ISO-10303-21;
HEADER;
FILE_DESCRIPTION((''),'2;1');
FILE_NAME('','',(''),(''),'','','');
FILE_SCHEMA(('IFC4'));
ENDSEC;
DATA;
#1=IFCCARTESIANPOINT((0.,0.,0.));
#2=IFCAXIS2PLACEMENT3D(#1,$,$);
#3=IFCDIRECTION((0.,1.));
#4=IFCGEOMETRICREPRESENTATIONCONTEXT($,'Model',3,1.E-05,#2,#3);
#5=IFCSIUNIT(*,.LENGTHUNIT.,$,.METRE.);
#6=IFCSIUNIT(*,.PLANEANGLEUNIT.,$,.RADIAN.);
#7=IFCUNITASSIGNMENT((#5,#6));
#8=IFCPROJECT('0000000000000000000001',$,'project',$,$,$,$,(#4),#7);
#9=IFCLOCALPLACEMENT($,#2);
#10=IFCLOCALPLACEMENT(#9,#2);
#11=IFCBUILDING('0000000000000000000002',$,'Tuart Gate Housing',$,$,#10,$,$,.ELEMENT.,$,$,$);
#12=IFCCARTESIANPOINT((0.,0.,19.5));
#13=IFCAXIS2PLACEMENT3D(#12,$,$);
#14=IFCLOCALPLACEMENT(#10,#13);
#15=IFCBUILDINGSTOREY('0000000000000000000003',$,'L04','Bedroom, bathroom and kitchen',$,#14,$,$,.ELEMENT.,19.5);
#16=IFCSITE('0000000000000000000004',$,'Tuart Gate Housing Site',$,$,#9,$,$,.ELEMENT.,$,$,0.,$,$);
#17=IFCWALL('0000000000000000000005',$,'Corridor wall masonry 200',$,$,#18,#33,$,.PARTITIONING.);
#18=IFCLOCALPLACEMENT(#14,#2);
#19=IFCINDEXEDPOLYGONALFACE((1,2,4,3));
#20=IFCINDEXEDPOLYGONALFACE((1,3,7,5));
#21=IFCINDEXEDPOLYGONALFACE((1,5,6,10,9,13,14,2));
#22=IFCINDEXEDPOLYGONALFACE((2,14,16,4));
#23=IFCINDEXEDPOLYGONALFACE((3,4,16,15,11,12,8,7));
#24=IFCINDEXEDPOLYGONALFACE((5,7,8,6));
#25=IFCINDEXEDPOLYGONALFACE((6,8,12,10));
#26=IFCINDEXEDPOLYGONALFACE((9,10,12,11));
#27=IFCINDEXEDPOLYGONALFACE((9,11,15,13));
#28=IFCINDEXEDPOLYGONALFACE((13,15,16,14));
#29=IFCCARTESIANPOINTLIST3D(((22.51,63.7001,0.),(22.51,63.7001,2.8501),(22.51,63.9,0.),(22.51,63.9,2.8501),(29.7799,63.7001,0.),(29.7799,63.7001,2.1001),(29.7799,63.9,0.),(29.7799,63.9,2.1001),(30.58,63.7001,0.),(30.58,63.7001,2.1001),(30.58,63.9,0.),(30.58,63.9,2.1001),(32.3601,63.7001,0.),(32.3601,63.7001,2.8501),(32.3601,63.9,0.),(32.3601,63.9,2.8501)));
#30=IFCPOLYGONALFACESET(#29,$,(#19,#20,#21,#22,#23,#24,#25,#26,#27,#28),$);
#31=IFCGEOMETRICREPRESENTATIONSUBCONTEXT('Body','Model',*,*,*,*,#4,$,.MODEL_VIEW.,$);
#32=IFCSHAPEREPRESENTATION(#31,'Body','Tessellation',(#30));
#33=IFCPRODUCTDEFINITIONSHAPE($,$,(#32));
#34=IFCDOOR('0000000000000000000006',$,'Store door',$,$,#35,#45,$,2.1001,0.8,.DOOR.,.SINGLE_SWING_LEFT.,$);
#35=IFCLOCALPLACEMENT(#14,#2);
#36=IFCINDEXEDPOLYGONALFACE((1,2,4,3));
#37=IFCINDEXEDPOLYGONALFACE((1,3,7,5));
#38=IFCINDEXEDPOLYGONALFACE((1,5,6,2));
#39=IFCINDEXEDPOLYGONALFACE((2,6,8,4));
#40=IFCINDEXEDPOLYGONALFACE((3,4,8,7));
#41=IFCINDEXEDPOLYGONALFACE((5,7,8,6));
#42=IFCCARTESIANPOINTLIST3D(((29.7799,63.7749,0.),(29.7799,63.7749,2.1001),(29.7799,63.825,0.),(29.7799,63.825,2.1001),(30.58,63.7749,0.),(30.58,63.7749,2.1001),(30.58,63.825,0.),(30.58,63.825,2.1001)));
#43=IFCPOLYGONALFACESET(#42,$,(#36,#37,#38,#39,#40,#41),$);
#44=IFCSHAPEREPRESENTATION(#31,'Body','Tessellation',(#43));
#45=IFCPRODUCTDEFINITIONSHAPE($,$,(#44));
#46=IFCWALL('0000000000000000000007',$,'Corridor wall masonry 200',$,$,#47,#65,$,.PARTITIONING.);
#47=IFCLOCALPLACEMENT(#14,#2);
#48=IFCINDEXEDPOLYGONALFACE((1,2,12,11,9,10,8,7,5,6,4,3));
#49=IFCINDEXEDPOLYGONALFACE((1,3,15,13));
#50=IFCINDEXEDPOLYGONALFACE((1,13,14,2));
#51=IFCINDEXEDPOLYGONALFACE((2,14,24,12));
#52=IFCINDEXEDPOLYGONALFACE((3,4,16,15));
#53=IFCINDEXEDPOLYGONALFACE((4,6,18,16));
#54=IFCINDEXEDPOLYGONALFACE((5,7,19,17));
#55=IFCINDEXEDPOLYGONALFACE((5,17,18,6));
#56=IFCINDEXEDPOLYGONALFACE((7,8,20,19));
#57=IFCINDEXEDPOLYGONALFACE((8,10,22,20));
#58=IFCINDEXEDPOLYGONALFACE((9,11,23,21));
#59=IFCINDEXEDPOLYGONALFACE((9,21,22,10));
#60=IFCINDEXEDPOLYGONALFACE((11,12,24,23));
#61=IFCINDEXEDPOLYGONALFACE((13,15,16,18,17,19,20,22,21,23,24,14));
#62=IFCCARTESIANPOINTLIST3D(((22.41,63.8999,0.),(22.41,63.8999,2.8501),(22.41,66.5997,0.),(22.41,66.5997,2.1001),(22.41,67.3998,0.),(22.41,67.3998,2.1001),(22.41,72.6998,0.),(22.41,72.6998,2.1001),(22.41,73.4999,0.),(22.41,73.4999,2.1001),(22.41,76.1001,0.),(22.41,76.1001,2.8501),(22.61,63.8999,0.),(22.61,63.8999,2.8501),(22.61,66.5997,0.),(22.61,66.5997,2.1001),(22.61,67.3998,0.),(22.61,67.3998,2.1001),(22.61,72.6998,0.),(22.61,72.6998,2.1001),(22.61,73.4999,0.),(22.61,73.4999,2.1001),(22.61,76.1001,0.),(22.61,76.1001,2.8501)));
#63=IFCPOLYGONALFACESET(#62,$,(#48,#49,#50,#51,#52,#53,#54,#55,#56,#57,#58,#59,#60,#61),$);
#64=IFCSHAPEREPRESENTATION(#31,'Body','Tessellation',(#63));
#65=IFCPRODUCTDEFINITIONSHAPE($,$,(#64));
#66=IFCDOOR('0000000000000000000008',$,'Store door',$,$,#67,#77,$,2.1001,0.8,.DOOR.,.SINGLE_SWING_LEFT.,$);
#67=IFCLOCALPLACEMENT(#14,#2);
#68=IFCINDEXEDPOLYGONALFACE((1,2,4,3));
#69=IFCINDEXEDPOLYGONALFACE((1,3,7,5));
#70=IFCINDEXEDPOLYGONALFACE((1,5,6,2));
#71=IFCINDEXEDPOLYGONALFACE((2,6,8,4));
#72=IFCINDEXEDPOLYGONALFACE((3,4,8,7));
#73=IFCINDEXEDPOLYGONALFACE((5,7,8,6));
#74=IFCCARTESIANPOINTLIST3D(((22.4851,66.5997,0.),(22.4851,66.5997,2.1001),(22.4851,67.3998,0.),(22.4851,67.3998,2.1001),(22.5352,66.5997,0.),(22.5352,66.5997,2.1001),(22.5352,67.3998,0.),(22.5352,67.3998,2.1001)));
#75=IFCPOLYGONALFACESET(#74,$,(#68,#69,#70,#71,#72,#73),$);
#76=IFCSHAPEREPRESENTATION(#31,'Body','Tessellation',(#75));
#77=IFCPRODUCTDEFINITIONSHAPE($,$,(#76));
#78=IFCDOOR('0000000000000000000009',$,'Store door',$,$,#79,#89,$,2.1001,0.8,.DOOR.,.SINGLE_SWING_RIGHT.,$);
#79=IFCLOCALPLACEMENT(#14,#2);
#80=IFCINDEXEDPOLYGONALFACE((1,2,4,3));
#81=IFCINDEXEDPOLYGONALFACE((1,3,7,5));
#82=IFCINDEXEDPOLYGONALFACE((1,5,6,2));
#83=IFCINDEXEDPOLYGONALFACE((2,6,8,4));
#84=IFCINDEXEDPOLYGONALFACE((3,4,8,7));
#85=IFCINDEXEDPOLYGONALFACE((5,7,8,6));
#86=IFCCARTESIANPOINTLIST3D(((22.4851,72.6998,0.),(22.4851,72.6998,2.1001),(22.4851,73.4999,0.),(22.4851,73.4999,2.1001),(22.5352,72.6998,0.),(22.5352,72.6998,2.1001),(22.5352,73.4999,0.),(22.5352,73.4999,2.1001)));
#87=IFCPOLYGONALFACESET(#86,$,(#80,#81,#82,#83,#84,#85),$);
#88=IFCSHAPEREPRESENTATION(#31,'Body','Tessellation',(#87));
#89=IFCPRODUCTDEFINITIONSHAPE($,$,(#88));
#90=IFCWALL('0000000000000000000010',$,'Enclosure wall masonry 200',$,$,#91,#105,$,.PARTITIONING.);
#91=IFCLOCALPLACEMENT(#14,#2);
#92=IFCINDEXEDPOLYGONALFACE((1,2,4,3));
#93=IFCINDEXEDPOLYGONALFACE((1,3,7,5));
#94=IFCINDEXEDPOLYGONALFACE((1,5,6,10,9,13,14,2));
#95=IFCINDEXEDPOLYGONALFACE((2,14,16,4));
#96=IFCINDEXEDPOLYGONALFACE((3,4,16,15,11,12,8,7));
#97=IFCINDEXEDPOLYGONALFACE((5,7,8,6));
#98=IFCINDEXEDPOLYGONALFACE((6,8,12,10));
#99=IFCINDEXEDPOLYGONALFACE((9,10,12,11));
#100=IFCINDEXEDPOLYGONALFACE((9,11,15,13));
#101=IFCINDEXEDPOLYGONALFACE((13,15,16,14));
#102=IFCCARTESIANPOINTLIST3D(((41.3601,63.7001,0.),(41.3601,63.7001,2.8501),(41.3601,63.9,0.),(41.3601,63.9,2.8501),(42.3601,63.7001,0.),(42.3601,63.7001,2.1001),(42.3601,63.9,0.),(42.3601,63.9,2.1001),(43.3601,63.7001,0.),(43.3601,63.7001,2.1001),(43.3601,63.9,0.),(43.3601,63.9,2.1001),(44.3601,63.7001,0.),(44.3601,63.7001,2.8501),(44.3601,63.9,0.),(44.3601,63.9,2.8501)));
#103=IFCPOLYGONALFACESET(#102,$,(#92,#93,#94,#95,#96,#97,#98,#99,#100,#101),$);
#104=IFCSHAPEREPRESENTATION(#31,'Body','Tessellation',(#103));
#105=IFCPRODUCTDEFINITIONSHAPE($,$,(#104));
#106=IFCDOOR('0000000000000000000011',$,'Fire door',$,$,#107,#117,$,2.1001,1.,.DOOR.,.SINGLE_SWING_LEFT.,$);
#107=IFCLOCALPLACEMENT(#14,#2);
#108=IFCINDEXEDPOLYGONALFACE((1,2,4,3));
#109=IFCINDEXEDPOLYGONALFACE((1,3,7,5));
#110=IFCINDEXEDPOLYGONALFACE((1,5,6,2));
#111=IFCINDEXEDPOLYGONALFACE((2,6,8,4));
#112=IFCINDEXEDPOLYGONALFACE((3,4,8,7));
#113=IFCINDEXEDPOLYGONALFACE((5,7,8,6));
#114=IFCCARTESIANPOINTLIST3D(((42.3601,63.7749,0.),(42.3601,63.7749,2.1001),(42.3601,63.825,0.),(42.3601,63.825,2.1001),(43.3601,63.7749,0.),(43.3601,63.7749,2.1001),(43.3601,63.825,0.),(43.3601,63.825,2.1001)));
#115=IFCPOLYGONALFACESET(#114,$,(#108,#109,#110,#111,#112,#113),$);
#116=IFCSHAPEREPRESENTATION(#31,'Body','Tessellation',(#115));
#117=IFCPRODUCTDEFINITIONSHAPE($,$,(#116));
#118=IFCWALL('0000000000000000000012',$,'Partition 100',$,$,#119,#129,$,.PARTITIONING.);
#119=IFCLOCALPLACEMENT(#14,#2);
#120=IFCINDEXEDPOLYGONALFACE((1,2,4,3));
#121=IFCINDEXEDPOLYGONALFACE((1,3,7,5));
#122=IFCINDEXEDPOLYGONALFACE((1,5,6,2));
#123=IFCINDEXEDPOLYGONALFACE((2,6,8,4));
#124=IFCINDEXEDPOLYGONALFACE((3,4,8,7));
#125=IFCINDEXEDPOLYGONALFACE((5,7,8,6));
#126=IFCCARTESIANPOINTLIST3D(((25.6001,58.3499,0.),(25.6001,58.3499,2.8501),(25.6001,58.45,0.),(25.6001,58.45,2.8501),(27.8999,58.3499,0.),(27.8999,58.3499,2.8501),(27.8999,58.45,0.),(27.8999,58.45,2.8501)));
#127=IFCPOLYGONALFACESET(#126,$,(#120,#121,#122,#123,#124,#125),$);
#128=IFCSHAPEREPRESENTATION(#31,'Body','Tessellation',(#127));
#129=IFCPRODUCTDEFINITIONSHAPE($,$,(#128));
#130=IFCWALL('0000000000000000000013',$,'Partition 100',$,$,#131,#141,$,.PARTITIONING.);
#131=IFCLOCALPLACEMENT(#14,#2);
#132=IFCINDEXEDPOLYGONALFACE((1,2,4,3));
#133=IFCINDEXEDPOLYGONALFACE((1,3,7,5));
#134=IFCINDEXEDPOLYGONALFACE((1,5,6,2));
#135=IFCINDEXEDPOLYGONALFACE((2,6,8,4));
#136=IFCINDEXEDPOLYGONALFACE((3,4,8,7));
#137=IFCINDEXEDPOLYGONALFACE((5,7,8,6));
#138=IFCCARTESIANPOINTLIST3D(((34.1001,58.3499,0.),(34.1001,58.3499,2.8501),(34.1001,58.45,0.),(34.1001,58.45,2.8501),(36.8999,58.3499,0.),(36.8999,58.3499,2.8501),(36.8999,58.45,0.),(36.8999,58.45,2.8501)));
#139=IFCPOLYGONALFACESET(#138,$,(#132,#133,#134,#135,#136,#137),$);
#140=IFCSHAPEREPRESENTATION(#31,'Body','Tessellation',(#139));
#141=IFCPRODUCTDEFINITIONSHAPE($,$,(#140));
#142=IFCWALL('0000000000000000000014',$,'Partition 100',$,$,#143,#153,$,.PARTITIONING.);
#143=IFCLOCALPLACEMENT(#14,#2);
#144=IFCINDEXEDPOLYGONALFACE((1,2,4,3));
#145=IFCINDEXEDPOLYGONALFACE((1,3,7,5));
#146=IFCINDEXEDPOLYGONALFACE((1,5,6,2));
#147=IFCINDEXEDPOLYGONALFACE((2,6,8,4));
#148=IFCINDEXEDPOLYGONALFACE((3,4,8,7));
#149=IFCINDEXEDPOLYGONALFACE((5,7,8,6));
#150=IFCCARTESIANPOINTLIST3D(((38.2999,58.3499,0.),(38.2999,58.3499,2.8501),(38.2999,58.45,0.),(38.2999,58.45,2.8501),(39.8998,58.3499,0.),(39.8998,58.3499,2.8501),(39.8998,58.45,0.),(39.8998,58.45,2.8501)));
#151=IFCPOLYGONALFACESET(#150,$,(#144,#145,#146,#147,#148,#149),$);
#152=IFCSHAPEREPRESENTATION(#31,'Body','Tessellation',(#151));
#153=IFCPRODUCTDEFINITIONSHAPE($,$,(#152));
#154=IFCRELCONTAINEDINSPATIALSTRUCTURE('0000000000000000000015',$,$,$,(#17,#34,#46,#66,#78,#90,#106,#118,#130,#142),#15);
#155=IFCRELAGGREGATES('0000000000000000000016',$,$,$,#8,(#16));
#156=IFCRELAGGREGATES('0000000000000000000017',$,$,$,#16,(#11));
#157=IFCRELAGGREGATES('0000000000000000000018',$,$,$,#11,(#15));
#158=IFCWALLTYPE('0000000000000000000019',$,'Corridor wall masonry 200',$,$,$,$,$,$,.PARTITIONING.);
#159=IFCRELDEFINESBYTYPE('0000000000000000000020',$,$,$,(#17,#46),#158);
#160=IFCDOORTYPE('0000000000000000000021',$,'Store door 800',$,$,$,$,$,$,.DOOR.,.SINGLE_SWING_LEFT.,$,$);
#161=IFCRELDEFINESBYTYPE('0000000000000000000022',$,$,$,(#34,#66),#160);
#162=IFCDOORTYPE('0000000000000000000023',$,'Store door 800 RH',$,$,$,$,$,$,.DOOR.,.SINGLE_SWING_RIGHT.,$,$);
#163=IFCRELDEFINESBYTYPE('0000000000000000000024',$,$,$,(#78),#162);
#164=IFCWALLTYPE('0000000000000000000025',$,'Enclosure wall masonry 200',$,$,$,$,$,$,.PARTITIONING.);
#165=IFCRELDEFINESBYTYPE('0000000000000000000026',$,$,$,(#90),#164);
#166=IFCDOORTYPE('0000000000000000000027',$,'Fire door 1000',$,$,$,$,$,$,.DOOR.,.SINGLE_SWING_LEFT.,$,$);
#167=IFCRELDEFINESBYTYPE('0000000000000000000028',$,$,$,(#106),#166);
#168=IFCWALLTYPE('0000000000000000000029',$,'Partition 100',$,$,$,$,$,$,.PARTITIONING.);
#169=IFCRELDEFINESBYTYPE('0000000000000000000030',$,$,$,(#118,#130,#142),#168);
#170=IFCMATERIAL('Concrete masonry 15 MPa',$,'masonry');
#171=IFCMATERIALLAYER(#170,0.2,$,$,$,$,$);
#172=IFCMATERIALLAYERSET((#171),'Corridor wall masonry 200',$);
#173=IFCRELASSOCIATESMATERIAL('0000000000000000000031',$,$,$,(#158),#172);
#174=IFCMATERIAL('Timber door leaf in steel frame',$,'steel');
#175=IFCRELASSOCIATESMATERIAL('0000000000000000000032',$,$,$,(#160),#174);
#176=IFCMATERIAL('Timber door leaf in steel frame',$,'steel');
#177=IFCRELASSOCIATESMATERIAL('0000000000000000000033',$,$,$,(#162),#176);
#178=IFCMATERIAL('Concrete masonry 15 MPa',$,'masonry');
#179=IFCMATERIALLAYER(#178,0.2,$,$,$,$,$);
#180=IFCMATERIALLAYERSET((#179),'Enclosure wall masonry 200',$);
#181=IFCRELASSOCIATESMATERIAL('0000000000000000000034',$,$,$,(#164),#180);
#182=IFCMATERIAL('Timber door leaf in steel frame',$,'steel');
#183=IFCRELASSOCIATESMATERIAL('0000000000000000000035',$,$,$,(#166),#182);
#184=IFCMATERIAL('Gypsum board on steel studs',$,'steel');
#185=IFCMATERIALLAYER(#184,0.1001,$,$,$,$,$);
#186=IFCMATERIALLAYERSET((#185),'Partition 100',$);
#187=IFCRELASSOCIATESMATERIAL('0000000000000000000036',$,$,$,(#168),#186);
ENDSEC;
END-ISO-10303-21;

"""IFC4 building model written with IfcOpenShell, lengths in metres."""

from ifc_helpers import new_model, si_unit, direction, frame, frame_2d, origin, place, context, subcontext, project, spatial, rectangle, extrude, material, layer, layer_set, type_object, element, fill, save


model = new_model("IFC4")

# Units and contexts
model_context = context("Model", 3, precision=1e-05, world=origin(), true_north=direction((0.0, 1.0)))
body_context = subcontext(model_context, "Body", "Model", "MODEL_VIEW")
ifc_project = project(units=[si_unit("LENGTHUNIT", "METRE"), si_unit("PLANEANGLEUNIT", "RADIAN")], contexts=[model_context])

# Site, building, storey
site_placement = place(None, origin())
site = spatial("IfcSite", under=ifc_project, at=site_placement, Name="Tuart Gate Housing Site", CompositionType="ELEMENT", RefElevation=0.0)
building_placement = place(site_placement, origin())
building = spatial("IfcBuilding", under=site, at=building_placement, Name="Tuart Gate Housing", CompositionType="ELEMENT")
storey_placement = place(building_placement, frame((0.0, 0.0, 19.5)))
storey = spatial("IfcBuildingStorey", under=building, at=storey_placement, Name="L04", Description="Bedroom, bathroom and kitchen", CompositionType="ELEMENT", Elevation=19.5)

# Shared definitions
ifc_material_1 = material(Name="Concrete masonry 15 MPa", Category="masonry")
ifc_layer_1 = layer(ifc_material_1, 0.2)
ifc_layer_set_1 = layer_set([ifc_layer_1], Name="Corridor wall masonry 200")
wall_type_1 = type_object("IfcWallType", Name="Corridor wall masonry 200", PredefinedType="PARTITIONING", material=ifc_layer_set_1)

# Wall, opening, door
wall_1_placement = place(storey_placement, frame((22.51, 63.8, 0.0), z_axis=(0.0, 0.0, 1.0), x_axis=(1.0, 0.0, 0.0)))
wall_1 = element("IfcWall", 1, at=wall_1_placement, inside=storey, type_object=wall_type_1, Name="Corridor wall masonry 200", PredefinedType="PARTITIONING", context=body_context, shape_type="SweptSolid", body=[
    extrude(rectangle(XDim=9.8501, YDim=0.2, at=frame_2d((4.925, 0.0))), origin(), (0.0, 0.0, 1.0), 2.8501),
])
opening_1_placement = place(wall_1_placement, frame((7.27, 0.0, 0.0)))
opening_1 = element("IfcOpeningElement", 2, at=opening_1_placement, cuts=wall_1, PredefinedType="OPENING", context=body_context, shape_type="SweptSolid", body=[
    extrude(rectangle(XDim=0.8, YDim=2.1001, at=frame_2d((0.3999, 1.05))), frame((0.0, 0.1099, 0.0), z_axis=(0.0, -1.0, 0.0), x_axis=(1.0, 0.0, 0.0)), (0.0, 0.0, 1.0), 0.22),
])
ifc_material_2 = material(Name="Timber door leaf in steel frame", Category="steel")
door_type_1 = type_object("IfcDoorType", Name="Store door 800", OperationType="SINGLE_SWING_LEFT", PredefinedType="DOOR", material=ifc_material_2)
door_1_placement = place(opening_1_placement, origin())
door_1 = element("IfcDoor", 3, at=door_1_placement, inside=storey, type_object=door_type_1, Name="Store door", OperationType="SINGLE_SWING_LEFT", OverallHeight=2.1001, OverallWidth=0.8, PredefinedType="DOOR", context=body_context, shape_type="SweptSolid", body=[
    extrude(rectangle(XDim=0.8, YDim=2.1001, at=frame_2d((0.3999, 1.05))), frame((0.0, 0.0249, 0.0), z_axis=(0.0, -1.0, 0.0), x_axis=(1.0, 0.0, 0.0)), (0.0, 0.0, 1.0), 0.05),
])
fill(opening_1, door_1)

# Wall, openings, doors
wall_2_placement = place(storey_placement, frame((22.51, 63.8999, 0.0), z_axis=(0.0, 0.0, 1.0), x_axis=(0.0, 1.0, 0.0)))
wall_2 = element("IfcWall", 4, at=wall_2_placement, inside=storey, type_object=wall_type_1, Name="Corridor wall masonry 200", PredefinedType="PARTITIONING", context=body_context, shape_type="SweptSolid", body=[
    extrude(rectangle(XDim=12.2002, YDim=0.2, at=frame_2d((6.1001, 0.0))), origin(), (0.0, 0.0, 1.0), 2.8501),
])
opening_2_placement = place(wall_2_placement, frame((2.7, 0.0, 0.0)))
opening_2 = element("IfcOpeningElement", 5, at=opening_2_placement, cuts=wall_2, PredefinedType="OPENING", context=body_context, shape_type="SweptSolid", body=[
    extrude(rectangle(XDim=0.8, YDim=2.1001, at=frame_2d((0.3999, 1.05))), frame((0.0, 0.1099, 0.0), z_axis=(0.0, -1.0, 0.0), x_axis=(1.0, 0.0, 0.0)), (0.0, 0.0, 1.0), 0.22),
])
opening_3_placement = place(wall_2_placement, frame((8.8, 0.0, 0.0)))
opening_3 = element("IfcOpeningElement", 6, at=opening_3_placement, cuts=wall_2, PredefinedType="OPENING", context=body_context, shape_type="SweptSolid", body=[
    extrude(rectangle(XDim=0.8, YDim=2.1001, at=frame_2d((0.3999, 1.05))), frame((0.0, 0.1099, 0.0), z_axis=(0.0, -1.0, 0.0), x_axis=(1.0, 0.0, 0.0)), (0.0, 0.0, 1.0), 0.22),
])
door_2_placement = place(opening_2_placement, frame((0.8, 0.0, 0.0), z_axis=(0.0, 0.0, 1.0), x_axis=(-1.0, 0.0, 0.0)))
door_2 = element("IfcDoor", 7, at=door_2_placement, inside=storey, type_object=door_type_1, Name="Store door", OperationType="SINGLE_SWING_LEFT", OverallHeight=2.1001, OverallWidth=0.8, PredefinedType="DOOR", context=body_context, shape_type="SweptSolid", body=[
    extrude(rectangle(XDim=0.8, YDim=2.1001, at=frame_2d((0.4001, 1.05))), frame((0.0, 0.0251, 0.0), z_axis=(0.0, -1.0, 0.0), x_axis=(1.0, 0.0, 0.0)), (0.0, 0.0, 1.0), 0.05),
])
fill(opening_2, door_2)
ifc_material_3 = material(Name="Timber door leaf in steel frame", Category="steel")
door_type_2 = type_object("IfcDoorType", Name="Store door 800 RH", OperationType="SINGLE_SWING_RIGHT", PredefinedType="DOOR", material=ifc_material_3)
door_3_placement = place(opening_3_placement, frame((0.8, 0.0, 0.0), z_axis=(0.0, 0.0, 1.0), x_axis=(-1.0, 0.0, 0.0)))
door_3 = element("IfcDoor", 8, at=door_3_placement, inside=storey, type_object=door_type_2, Name="Store door", OperationType="SINGLE_SWING_RIGHT", OverallHeight=2.1001, OverallWidth=0.8, PredefinedType="DOOR", context=body_context, shape_type="SweptSolid", body=[
    extrude(rectangle(XDim=0.8, YDim=2.1001, at=frame_2d((0.4001, 1.05))), frame((0.0, 0.0251, 0.0), z_axis=(0.0, -1.0, 0.0), x_axis=(1.0, 0.0, 0.0)), (0.0, 0.0, 1.0), 0.05),
])
fill(opening_3, door_3)

# Wall, opening, door
ifc_material_4 = material(Name="Concrete masonry 15 MPa", Category="masonry")
ifc_layer_2 = layer(ifc_material_4, 0.2)
ifc_layer_set_2 = layer_set([ifc_layer_2], Name="Enclosure wall masonry 200")
wall_type_2 = type_object("IfcWallType", Name="Enclosure wall masonry 200", PredefinedType="PARTITIONING", material=ifc_layer_set_2)
wall_3_placement = place(storey_placement, frame((41.3601, 63.8, 0.0), z_axis=(0.0, 0.0, 1.0), x_axis=(1.0, 0.0, 0.0)))
wall_3 = element("IfcWall", 9, at=wall_3_placement, inside=storey, type_object=wall_type_2, Name="Enclosure wall masonry 200", PredefinedType="PARTITIONING", context=body_context, shape_type="SweptSolid", body=[
    extrude(rectangle(XDim=3.0, YDim=0.2, at=frame_2d((1.5, 0.0))), origin(), (0.0, 0.0, 1.0), 2.8501),
])
opening_4_placement = place(wall_3_placement, frame((1.0, 0.0, 0.0)))
opening_4 = element("IfcOpeningElement", 10, at=opening_4_placement, cuts=wall_3, PredefinedType="OPENING", context=body_context, shape_type="SweptSolid", body=[
    extrude(rectangle(XDim=1.0, YDim=2.1001, at=frame_2d((0.5, 1.05))), frame((0.0, 0.1099, 0.0), z_axis=(0.0, -1.0, 0.0), x_axis=(1.0, 0.0, 0.0)), (0.0, 0.0, 1.0), 0.22),
])
ifc_material_5 = material(Name="Timber door leaf in steel frame", Category="steel")
door_type_3 = type_object("IfcDoorType", Name="Fire door 1000", OperationType="SINGLE_SWING_LEFT", PredefinedType="DOOR", material=ifc_material_5)
door_4_placement = place(opening_4_placement, frame((1.0, 0.0, 0.0), z_axis=(0.0, 0.0, 1.0), x_axis=(-1.0, 0.0, 0.0)))
door_4 = element("IfcDoor", 11, at=door_4_placement, inside=storey, type_object=door_type_3, Name="Fire door", OperationType="SINGLE_SWING_LEFT", OverallHeight=2.1001, OverallWidth=1.0, PredefinedType="DOOR", context=body_context, shape_type="SweptSolid", body=[
    extrude(rectangle(XDim=1.0, YDim=2.1001, at=frame_2d((0.5, 1.05))), frame((0.0, 0.0251, 0.0), z_axis=(0.0, -1.0, 0.0), x_axis=(1.0, 0.0, 0.0)), (0.0, 0.0, 1.0), 0.05),
])
fill(opening_4, door_4)

# Walls
ifc_material_6 = material(Name="Gypsum board on steel studs", Category="steel")
ifc_layer_3 = layer(ifc_material_6, 0.1001)
ifc_layer_set_3 = layer_set([ifc_layer_3], Name="Partition 100")
wall_type_3 = type_object("IfcWallType", Name="Partition 100", PredefinedType="PARTITIONING", material=ifc_layer_set_3)
wall_4_placement = place(storey_placement, frame((25.6001, 58.3999, 0.0), z_axis=(0.0, 0.0, 1.0), x_axis=(1.0, 0.0, 0.0)))
element("IfcWall", 12, at=wall_4_placement, inside=storey, type_object=wall_type_3, Name="Partition 100", PredefinedType="PARTITIONING", context=body_context, shape_type="SweptSolid", body=[
    extrude(rectangle(XDim=2.2998, YDim=0.1001, at=frame_2d((1.1499, 0.0))), origin(), (0.0, 0.0, 1.0), 2.8501),
])
wall_5_placement = place(storey_placement, frame((34.1001, 58.3999, 0.0), z_axis=(0.0, 0.0, 1.0), x_axis=(1.0, 0.0, 0.0)))
element("IfcWall", 13, at=wall_5_placement, inside=storey, type_object=wall_type_3, Name="Partition 100", PredefinedType="PARTITIONING", context=body_context, shape_type="SweptSolid", body=[
    extrude(rectangle(XDim=2.7998, YDim=0.1001, at=frame_2d((1.3999, 0.0))), origin(), (0.0, 0.0, 1.0), 2.8501),
])
wall_6_placement = place(storey_placement, frame((38.3, 58.3999, 0.0), z_axis=(0.0, 0.0, 1.0), x_axis=(1.0, 0.0, 0.0)))
element("IfcWall", 14, at=wall_6_placement, inside=storey, type_object=wall_type_3, Name="Partition 100", PredefinedType="PARTITIONING", context=body_context, shape_type="SweptSolid", body=[
    extrude(rectangle(XDim=1.5999, YDim=0.1001, at=frame_2d((0.7998, 0.0))), origin(), (0.0, 0.0, 1.0), 2.8501),
])

save(model, "model.ifc")
